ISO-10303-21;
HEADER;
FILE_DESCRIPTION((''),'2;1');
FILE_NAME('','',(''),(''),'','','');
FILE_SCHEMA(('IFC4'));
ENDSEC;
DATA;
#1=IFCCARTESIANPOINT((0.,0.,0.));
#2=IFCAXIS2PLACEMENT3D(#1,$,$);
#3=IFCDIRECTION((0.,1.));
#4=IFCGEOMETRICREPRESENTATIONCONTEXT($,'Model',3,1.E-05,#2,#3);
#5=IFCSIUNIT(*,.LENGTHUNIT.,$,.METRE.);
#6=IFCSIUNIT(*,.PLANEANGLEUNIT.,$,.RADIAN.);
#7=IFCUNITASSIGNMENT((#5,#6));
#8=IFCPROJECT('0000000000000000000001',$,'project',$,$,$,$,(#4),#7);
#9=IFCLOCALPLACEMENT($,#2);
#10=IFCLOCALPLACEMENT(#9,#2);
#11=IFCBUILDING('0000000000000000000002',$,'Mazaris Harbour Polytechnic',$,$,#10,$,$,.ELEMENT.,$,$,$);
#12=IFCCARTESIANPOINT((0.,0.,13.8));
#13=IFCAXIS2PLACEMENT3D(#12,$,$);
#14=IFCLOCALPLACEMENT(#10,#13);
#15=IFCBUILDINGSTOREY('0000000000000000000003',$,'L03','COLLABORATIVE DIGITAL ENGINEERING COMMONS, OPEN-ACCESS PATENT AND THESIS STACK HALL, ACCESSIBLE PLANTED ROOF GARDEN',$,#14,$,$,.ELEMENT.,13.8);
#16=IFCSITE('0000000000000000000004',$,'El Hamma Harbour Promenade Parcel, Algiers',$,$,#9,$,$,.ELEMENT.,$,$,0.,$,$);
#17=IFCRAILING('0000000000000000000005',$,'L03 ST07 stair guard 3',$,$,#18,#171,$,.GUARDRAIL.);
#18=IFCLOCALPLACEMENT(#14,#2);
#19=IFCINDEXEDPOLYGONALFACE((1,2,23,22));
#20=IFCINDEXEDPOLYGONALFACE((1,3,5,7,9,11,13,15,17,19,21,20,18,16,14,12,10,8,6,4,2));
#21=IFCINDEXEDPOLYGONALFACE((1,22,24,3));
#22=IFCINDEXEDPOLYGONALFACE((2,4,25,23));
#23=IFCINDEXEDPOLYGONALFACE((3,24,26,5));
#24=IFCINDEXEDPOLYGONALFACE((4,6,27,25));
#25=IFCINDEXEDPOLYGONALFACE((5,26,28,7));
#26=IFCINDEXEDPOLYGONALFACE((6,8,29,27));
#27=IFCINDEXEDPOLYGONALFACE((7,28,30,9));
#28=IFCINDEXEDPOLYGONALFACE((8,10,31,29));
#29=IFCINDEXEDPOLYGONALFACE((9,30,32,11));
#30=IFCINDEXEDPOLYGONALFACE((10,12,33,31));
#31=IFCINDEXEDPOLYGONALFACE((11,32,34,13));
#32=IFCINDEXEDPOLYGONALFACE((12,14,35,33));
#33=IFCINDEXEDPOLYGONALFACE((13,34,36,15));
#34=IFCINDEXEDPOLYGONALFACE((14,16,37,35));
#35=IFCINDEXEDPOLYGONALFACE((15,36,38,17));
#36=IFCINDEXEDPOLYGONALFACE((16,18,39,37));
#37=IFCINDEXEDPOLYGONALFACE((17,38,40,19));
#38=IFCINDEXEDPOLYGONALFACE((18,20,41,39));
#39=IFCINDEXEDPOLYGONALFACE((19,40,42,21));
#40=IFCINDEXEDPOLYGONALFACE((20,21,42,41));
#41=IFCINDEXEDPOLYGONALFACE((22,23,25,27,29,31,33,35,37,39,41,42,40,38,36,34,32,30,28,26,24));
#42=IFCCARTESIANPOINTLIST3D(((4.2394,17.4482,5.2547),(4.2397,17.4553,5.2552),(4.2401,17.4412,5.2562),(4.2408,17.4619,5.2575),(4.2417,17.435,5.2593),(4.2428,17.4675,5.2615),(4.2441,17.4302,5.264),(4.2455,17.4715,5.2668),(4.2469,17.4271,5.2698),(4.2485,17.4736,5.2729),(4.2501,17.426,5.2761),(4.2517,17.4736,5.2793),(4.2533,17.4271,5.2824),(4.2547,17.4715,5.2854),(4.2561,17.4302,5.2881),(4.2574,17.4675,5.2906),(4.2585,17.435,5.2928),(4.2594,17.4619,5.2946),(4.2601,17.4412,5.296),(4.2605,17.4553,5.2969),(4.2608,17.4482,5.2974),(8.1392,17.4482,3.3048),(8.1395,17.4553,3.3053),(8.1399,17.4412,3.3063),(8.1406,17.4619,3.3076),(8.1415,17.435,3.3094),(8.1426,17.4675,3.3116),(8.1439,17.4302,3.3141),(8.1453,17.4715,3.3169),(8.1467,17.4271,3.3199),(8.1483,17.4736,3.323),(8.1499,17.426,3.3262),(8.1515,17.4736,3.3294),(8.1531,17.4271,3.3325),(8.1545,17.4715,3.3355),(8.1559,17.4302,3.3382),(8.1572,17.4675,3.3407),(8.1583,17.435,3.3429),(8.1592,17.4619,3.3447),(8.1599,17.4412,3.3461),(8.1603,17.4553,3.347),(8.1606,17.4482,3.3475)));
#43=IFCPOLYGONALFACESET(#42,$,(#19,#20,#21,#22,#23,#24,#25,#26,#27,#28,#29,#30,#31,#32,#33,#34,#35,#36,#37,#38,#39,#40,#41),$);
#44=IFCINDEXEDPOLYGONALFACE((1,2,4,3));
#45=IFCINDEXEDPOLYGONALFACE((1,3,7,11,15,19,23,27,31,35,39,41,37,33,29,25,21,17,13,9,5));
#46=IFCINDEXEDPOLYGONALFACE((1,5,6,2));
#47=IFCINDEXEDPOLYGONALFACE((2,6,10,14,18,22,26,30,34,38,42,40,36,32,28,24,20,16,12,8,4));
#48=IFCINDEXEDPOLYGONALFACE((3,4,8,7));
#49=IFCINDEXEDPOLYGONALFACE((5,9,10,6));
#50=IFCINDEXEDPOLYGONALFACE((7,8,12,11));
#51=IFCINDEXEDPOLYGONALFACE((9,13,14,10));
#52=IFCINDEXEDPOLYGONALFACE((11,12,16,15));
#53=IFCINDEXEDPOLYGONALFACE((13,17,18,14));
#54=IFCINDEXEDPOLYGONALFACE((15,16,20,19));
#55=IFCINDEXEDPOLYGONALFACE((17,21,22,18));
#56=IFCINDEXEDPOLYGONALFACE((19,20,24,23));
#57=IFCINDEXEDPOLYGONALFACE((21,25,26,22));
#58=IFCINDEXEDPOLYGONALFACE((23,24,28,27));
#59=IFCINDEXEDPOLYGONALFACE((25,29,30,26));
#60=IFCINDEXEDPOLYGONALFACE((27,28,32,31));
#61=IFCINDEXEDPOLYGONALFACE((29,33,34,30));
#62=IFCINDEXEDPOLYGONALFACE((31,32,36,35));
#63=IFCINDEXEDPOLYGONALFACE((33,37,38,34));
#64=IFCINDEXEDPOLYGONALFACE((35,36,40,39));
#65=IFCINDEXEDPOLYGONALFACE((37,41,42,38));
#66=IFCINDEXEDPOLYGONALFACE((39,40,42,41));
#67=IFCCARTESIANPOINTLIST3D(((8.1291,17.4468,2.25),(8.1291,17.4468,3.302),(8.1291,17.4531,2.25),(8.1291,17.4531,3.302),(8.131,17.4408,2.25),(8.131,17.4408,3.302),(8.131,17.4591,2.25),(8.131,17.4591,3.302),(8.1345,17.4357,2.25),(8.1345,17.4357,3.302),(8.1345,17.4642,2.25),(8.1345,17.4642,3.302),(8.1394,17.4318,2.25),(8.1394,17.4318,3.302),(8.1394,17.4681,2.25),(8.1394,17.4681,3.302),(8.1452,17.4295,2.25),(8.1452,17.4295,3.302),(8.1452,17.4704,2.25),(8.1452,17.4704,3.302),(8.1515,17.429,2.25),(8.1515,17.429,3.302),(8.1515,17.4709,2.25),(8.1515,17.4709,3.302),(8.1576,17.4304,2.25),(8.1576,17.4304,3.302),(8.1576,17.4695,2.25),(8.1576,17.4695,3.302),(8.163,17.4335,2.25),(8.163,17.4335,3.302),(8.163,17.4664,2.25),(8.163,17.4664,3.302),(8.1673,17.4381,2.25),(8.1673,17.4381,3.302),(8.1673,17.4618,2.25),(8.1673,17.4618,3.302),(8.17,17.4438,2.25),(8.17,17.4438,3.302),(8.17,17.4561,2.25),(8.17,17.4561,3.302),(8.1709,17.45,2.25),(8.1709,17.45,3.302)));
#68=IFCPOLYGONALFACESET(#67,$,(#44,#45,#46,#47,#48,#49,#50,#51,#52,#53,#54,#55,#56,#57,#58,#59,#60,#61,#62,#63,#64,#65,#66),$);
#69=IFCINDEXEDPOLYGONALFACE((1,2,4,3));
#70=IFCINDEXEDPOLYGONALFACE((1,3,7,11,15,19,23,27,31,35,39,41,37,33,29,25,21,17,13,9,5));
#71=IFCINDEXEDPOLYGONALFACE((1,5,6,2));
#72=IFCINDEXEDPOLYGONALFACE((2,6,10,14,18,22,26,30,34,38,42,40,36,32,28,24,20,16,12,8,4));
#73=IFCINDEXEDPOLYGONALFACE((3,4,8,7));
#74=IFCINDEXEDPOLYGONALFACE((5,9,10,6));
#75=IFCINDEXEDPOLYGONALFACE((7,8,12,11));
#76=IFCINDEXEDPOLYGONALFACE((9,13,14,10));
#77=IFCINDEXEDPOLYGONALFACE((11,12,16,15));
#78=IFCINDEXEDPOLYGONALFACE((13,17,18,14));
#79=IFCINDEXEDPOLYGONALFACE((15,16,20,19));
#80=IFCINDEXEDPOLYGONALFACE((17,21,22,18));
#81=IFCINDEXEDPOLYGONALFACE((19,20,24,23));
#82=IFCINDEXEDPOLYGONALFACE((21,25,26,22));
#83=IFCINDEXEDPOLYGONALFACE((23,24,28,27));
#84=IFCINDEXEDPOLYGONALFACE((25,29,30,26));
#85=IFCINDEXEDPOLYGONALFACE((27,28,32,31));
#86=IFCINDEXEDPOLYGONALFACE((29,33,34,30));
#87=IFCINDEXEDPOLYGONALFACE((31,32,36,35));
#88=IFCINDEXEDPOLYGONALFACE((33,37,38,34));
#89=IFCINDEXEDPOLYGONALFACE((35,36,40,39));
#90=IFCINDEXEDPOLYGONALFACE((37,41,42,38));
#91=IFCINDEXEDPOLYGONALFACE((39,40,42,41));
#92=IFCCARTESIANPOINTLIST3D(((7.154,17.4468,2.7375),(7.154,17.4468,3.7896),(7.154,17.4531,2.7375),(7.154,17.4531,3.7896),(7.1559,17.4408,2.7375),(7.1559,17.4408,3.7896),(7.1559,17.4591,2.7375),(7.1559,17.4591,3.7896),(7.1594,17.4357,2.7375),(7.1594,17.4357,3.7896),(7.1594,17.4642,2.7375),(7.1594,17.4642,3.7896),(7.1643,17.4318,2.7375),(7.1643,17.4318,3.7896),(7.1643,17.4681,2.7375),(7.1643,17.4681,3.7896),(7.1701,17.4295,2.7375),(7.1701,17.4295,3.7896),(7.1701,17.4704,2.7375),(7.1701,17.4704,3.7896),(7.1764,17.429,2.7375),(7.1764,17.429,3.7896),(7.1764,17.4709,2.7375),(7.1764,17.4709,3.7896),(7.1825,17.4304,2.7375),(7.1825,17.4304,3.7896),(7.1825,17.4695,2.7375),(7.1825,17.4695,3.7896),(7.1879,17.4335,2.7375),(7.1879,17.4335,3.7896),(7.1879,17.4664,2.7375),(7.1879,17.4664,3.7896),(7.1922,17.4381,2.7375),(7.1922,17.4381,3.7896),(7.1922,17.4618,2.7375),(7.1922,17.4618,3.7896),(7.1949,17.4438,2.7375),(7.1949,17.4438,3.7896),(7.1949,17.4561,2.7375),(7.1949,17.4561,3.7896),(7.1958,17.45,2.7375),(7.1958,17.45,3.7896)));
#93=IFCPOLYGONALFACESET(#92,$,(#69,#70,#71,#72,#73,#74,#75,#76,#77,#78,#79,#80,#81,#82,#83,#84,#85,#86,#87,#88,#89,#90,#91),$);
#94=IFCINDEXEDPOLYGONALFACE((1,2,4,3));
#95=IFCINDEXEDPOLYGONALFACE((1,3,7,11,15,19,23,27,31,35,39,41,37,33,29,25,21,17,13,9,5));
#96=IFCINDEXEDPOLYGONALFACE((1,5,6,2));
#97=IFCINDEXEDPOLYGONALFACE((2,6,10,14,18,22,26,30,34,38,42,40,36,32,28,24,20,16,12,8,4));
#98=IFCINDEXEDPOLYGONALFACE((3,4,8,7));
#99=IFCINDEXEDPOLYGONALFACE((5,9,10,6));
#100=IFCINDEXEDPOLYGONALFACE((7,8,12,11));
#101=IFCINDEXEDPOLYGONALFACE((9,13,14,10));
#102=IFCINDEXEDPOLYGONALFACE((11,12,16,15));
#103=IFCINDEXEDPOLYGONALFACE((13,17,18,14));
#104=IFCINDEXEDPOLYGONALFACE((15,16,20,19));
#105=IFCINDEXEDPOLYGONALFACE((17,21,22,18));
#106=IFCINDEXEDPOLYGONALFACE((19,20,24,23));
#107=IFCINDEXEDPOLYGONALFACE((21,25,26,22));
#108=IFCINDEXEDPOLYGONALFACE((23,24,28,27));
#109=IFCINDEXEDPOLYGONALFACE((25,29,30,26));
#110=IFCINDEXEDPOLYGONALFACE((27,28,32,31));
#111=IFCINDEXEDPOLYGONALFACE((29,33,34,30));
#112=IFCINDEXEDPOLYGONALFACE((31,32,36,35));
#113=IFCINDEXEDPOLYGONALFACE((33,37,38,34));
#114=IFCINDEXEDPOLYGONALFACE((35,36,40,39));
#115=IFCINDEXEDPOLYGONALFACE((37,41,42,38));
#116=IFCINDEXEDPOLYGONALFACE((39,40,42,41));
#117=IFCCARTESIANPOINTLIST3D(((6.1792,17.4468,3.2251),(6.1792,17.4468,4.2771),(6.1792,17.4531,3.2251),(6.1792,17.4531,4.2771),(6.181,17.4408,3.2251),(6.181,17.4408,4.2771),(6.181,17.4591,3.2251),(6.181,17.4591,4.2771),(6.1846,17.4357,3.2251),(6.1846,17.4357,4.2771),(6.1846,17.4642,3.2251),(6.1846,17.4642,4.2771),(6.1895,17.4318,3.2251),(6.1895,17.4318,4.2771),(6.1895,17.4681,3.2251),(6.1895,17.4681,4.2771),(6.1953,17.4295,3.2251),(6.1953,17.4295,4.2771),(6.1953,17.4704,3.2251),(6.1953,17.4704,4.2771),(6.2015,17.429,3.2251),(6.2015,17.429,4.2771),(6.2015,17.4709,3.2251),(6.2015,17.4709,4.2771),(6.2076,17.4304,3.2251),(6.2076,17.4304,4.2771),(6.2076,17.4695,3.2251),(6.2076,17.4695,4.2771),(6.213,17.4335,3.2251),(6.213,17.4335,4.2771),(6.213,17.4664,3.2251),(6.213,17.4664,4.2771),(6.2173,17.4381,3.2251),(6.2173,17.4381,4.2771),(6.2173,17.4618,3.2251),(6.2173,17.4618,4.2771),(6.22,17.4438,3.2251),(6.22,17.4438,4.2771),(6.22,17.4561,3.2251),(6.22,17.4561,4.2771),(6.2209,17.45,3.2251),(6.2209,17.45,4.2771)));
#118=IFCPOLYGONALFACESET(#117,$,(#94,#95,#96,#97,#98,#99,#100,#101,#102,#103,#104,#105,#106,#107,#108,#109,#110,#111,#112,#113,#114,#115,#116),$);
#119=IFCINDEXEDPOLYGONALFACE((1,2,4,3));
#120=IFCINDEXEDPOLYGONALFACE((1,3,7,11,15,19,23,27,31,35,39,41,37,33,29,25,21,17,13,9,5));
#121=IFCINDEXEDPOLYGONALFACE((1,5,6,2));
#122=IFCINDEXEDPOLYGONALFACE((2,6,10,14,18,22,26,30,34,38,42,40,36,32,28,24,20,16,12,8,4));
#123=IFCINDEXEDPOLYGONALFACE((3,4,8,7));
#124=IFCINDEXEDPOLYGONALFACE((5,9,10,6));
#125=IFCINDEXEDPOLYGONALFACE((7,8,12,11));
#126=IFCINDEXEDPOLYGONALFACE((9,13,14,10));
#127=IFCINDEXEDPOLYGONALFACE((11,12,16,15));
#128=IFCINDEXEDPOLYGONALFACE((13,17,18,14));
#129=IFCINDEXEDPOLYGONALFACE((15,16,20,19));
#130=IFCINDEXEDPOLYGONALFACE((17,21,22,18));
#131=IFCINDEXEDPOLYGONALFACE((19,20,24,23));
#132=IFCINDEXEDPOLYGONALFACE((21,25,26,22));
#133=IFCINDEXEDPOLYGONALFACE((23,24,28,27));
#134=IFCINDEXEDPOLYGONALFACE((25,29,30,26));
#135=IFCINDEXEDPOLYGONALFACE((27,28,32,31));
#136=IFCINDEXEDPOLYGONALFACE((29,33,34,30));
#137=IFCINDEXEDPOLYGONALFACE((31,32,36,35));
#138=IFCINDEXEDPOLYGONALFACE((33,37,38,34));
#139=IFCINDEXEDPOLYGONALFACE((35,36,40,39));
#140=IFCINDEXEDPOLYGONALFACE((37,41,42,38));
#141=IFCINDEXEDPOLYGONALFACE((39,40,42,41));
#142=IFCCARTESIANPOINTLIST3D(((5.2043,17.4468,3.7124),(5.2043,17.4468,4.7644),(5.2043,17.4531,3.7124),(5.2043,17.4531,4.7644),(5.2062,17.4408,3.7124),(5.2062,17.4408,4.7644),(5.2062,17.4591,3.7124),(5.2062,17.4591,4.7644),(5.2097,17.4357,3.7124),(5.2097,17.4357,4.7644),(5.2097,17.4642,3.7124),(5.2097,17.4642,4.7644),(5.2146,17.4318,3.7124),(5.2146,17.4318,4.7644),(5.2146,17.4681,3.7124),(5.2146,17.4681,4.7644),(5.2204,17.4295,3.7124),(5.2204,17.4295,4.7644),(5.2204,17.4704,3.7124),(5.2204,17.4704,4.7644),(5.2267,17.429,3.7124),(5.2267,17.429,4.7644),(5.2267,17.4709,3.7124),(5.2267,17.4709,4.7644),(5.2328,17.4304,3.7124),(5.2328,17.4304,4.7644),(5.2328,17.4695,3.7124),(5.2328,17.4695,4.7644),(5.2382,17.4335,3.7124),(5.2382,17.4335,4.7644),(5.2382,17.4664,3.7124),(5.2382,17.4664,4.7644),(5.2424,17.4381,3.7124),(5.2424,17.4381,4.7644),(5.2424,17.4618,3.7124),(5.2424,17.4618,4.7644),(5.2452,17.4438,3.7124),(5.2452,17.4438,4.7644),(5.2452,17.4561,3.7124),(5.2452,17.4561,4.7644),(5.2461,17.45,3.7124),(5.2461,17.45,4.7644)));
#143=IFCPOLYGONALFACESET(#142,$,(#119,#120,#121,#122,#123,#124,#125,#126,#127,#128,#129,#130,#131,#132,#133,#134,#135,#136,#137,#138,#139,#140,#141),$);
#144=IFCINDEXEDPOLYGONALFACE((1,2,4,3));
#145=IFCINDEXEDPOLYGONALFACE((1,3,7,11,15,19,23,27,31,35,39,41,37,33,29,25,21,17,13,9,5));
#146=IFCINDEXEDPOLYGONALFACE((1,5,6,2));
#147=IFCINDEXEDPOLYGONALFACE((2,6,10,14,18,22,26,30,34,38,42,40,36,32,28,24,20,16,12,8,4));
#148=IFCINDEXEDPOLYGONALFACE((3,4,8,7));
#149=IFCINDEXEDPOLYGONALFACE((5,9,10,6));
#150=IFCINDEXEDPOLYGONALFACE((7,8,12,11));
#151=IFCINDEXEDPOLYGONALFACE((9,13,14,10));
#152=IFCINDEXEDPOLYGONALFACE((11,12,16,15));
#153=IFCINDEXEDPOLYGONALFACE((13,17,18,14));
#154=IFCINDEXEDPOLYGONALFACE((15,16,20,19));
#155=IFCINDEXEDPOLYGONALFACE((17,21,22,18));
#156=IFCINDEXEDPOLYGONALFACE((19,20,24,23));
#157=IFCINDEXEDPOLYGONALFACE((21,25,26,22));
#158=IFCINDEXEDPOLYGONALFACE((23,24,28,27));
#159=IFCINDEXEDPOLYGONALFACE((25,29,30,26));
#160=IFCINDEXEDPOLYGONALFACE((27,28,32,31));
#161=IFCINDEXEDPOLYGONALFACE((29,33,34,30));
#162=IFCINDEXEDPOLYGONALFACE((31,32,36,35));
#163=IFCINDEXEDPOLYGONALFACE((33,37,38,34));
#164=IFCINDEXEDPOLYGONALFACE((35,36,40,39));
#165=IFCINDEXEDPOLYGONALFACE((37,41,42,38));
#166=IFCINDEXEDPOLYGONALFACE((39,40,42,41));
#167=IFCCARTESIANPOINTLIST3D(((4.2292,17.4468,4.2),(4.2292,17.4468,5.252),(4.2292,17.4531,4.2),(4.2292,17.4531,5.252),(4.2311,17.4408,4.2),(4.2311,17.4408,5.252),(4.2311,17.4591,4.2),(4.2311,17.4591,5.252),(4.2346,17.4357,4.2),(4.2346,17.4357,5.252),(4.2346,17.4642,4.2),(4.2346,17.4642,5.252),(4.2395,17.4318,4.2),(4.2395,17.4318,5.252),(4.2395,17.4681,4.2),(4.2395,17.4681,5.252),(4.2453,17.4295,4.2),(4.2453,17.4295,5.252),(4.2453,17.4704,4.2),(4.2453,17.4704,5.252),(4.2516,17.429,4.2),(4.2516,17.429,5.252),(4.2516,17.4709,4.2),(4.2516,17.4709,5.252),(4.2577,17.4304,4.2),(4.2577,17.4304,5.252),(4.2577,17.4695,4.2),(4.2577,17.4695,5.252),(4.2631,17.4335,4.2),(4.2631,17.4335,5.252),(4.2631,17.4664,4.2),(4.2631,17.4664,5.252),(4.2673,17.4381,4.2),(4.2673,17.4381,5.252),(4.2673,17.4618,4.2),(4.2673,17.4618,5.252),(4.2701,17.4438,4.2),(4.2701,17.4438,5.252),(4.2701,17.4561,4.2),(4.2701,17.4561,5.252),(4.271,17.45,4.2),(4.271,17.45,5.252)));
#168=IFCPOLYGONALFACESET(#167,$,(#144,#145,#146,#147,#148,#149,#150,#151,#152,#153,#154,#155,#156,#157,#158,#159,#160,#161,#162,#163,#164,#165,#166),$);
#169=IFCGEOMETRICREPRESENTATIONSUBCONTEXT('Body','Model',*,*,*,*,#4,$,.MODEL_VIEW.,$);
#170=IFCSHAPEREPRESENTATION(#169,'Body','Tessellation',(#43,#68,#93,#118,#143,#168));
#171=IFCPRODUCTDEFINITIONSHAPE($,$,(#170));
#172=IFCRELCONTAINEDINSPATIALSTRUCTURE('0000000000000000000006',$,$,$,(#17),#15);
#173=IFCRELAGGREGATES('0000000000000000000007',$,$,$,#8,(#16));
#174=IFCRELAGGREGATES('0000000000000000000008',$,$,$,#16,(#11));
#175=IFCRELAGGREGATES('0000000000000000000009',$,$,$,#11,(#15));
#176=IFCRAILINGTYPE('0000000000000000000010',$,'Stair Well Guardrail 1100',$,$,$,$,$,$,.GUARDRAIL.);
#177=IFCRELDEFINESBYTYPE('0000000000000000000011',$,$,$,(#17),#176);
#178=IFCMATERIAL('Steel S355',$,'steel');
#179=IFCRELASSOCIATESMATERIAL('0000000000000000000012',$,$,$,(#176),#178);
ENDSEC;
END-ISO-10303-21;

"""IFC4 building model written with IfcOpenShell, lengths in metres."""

from ifc_helpers import new_model, si_unit, direction, frame, origin, origin_2d, place, context, subcontext, project, spatial, circle, extrude, material, type_object, element, save


model = new_model("IFC4")

# Units and contexts
model_context = context("Model", 3, precision=1e-05, world=origin(), true_north=direction((0.0, 1.0)))
body_context = subcontext(model_context, "Body", "Model", "MODEL_VIEW")
ifc_project = project(units=[si_unit("LENGTHUNIT", "METRE"), si_unit("PLANEANGLEUNIT", "RADIAN")], contexts=[model_context])

# Site, building, storey
site_placement = place(None, origin())
site = spatial("IfcSite", under=ifc_project, at=site_placement, Name="El Hamma Harbour Promenade Parcel, Algiers", CompositionType="ELEMENT", RefElevation=0.0)
building_placement = place(site_placement, origin())
building = spatial("IfcBuilding", under=site, at=building_placement, Name="Mazaris Harbour Polytechnic", CompositionType="ELEMENT")
storey_placement = place(building_placement, frame((0.0, 0.0, 13.8)))
storey = spatial("IfcBuildingStorey", under=building, at=storey_placement, Name="L03", Description="COLLABORATIVE DIGITAL ENGINEERING COMMONS, OPEN-ACCESS PATENT AND THESIS STACK HALL, ACCESSIBLE PLANTED ROOF GARDEN", CompositionType="ELEMENT", Elevation=13.8)

# Railing
ifc_material_1 = material(Name="Steel S355", Category="steel")
railing_type_1 = type_object("IfcRailingType", Name="Stair Well Guardrail 1100", PredefinedType="GUARDRAIL", material=ifc_material_1)
railing_1_placement = place(storey_placement, frame((8.1499, 17.45, 2.25)))
element("IfcRailing", 1, at=railing_1_placement, inside=storey, type_object=railing_type_1, Name="L03 ST07 stair guard 3", PredefinedType="GUARDRAIL", context=body_context, shape_type="SweptSolid", body=[
    extrude(circle(Radius=0.0239, at=origin_2d()), frame((0.0, 0.0, 1.0762), z_axis=(-0.894427, 0.0, 0.447214), x_axis=(0.0, -1.0, 0.0)), (0.0, 0.0, 1.0), 4.3601),
    extrude(circle(Radius=0.021, at=origin_2d()), origin(), (0.0, 0.0, 1.0), 1.052),
    extrude(circle(Radius=0.021, at=origin_2d()), frame((-0.9751, 0.0, 0.4875)), (0.0, 0.0, 1.0), 1.052),
    extrude(circle(Radius=0.021, at=origin_2d()), frame((-1.95, 0.0, 0.9751)), (0.0, 0.0, 1.0), 1.052),
    extrude(circle(Radius=0.021, at=origin_2d()), frame((-2.9248, 0.0, 1.4624)), (0.0, 0.0, 1.0), 1.052),
    extrude(circle(Radius=0.021, at=origin_2d()), frame((-3.8999, 0.0, 1.95)), (0.0, 0.0, 1.0), 1.052),
])

save(model, "model.ifc")
